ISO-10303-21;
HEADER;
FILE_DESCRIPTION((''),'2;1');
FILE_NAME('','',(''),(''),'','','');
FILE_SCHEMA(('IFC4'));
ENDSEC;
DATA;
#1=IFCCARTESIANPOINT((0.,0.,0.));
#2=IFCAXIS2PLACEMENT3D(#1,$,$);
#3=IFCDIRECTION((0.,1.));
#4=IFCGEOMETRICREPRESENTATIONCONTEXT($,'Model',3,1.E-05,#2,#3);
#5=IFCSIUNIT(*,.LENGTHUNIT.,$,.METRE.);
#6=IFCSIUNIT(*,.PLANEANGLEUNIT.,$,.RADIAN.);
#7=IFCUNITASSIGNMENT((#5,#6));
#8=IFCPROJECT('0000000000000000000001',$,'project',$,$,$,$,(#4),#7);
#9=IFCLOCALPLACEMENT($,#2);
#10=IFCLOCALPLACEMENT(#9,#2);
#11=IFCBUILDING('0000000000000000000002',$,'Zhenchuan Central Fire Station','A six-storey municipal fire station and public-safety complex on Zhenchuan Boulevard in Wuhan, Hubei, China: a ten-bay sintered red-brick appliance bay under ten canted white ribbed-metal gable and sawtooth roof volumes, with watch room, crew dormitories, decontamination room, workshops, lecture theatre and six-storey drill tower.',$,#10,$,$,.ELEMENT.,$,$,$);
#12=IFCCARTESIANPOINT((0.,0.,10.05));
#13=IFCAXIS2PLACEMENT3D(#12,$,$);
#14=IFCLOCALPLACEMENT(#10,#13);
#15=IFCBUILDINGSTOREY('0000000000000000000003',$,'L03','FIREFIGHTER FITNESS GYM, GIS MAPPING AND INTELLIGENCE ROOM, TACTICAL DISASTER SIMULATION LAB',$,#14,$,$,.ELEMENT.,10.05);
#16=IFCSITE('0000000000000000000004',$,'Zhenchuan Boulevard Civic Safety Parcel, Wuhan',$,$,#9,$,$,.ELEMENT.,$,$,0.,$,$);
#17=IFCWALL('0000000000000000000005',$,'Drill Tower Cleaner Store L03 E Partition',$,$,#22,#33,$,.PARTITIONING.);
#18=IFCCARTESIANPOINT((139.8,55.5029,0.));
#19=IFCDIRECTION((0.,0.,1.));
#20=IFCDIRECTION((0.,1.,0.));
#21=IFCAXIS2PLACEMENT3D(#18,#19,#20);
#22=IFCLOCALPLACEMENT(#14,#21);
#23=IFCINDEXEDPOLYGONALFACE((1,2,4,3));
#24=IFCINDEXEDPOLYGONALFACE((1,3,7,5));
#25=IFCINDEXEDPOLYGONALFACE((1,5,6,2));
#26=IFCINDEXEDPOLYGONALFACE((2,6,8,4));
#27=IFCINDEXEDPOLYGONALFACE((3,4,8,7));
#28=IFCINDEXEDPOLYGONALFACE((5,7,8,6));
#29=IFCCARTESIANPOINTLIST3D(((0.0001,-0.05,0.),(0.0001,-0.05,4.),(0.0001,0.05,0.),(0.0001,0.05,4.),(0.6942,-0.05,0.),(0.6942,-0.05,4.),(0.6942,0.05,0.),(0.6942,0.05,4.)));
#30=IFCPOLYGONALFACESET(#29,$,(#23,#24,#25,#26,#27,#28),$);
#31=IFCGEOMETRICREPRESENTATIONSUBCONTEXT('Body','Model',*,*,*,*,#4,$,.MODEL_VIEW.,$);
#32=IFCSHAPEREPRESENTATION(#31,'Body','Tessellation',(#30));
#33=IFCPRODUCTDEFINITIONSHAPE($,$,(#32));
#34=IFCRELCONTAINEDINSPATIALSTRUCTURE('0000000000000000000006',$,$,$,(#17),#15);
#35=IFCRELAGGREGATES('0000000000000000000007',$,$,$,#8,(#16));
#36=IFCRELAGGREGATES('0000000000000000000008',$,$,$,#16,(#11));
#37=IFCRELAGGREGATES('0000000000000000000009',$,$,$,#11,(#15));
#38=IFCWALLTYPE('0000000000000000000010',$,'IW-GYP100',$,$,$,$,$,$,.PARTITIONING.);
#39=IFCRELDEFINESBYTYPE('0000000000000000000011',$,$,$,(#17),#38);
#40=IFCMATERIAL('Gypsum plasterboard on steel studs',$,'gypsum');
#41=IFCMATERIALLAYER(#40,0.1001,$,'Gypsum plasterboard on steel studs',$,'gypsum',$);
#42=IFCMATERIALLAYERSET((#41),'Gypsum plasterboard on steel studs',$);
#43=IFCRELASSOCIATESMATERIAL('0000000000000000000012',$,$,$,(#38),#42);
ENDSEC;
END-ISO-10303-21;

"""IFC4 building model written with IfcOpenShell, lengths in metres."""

from ifc_helpers import new_model, si_unit, direction, frame, frame_2d, origin, place, context, subcontext, project, spatial, rectangle, extrude, material, layer, layer_set, type_object, element, save


model = new_model("IFC4")

# Units and contexts
model_context = context("Model", 3, precision=1e-05, world=origin(), true_north=direction((0.0, 1.0)))
body_context = subcontext(model_context, "Body", "Model", "MODEL_VIEW")
ifc_project = project(units=[si_unit("LENGTHUNIT", "METRE"), si_unit("PLANEANGLEUNIT", "RADIAN")], contexts=[model_context])

# Site, building, storey
site_placement = place(None, origin())
site = spatial("IfcSite", under=ifc_project, at=site_placement, Name="Zhenchuan Boulevard Civic Safety Parcel, Wuhan", CompositionType="ELEMENT", RefElevation=0.0)
building_placement = place(site_placement, origin())
building = spatial("IfcBuilding", under=site, at=building_placement, Name="Zhenchuan Central Fire Station", Description="A six-storey municipal fire station and public-safety complex on Zhenchuan Boulevard in Wuhan, Hubei, China: a ten-bay sintered red-brick appliance bay under ten canted white ribbed-metal gable and sawtooth roof volumes, with watch room, crew dormitories, decontamination room, workshops, lecture theatre and six-storey drill tower.", CompositionType="ELEMENT")
storey_placement = place(building_placement, frame((0.0, 0.0, 10.05)))
storey = spatial("IfcBuildingStorey", under=building, at=storey_placement, Name="L03", Description="FIREFIGHTER FITNESS GYM, GIS MAPPING AND INTELLIGENCE ROOM, TACTICAL DISASTER SIMULATION LAB", CompositionType="ELEMENT", Elevation=10.05)

# Shared definitions
ifc_material_1 = material(Name="Gypsum plasterboard on steel studs", Category="gypsum")
ifc_layer_1 = layer(ifc_material_1, 0.1001, Name="Gypsum plasterboard on steel studs", Category="gypsum")
ifc_layer_set_1 = layer_set([ifc_layer_1], Name="Gypsum plasterboard on steel studs")
wall_type_1 = type_object("IfcWallType", Name="IW-GYP100", PredefinedType="PARTITIONING", material=ifc_layer_set_1)

# Wall
wall_1_placement = place(storey_placement, frame((139.8, 55.5029, 0.0), z_axis=(0.0, 0.0, 1.0), x_axis=(0.0, 1.0, 0.0)))
element("IfcWall", 1, at=wall_1_placement, inside=storey, type_object=wall_type_1, Name="Drill Tower Cleaner Store L03 E Partition", PredefinedType="PARTITIONING", context=body_context, shape_type="SweptSolid", body=[
    extrude(rectangle(XDim=0.6941, YDim=0.1001, at=frame_2d((0.3472, 0.0))), origin(), (0.0, 0.0, 1.0), 4.0),
])

save(model, "model.ifc")
